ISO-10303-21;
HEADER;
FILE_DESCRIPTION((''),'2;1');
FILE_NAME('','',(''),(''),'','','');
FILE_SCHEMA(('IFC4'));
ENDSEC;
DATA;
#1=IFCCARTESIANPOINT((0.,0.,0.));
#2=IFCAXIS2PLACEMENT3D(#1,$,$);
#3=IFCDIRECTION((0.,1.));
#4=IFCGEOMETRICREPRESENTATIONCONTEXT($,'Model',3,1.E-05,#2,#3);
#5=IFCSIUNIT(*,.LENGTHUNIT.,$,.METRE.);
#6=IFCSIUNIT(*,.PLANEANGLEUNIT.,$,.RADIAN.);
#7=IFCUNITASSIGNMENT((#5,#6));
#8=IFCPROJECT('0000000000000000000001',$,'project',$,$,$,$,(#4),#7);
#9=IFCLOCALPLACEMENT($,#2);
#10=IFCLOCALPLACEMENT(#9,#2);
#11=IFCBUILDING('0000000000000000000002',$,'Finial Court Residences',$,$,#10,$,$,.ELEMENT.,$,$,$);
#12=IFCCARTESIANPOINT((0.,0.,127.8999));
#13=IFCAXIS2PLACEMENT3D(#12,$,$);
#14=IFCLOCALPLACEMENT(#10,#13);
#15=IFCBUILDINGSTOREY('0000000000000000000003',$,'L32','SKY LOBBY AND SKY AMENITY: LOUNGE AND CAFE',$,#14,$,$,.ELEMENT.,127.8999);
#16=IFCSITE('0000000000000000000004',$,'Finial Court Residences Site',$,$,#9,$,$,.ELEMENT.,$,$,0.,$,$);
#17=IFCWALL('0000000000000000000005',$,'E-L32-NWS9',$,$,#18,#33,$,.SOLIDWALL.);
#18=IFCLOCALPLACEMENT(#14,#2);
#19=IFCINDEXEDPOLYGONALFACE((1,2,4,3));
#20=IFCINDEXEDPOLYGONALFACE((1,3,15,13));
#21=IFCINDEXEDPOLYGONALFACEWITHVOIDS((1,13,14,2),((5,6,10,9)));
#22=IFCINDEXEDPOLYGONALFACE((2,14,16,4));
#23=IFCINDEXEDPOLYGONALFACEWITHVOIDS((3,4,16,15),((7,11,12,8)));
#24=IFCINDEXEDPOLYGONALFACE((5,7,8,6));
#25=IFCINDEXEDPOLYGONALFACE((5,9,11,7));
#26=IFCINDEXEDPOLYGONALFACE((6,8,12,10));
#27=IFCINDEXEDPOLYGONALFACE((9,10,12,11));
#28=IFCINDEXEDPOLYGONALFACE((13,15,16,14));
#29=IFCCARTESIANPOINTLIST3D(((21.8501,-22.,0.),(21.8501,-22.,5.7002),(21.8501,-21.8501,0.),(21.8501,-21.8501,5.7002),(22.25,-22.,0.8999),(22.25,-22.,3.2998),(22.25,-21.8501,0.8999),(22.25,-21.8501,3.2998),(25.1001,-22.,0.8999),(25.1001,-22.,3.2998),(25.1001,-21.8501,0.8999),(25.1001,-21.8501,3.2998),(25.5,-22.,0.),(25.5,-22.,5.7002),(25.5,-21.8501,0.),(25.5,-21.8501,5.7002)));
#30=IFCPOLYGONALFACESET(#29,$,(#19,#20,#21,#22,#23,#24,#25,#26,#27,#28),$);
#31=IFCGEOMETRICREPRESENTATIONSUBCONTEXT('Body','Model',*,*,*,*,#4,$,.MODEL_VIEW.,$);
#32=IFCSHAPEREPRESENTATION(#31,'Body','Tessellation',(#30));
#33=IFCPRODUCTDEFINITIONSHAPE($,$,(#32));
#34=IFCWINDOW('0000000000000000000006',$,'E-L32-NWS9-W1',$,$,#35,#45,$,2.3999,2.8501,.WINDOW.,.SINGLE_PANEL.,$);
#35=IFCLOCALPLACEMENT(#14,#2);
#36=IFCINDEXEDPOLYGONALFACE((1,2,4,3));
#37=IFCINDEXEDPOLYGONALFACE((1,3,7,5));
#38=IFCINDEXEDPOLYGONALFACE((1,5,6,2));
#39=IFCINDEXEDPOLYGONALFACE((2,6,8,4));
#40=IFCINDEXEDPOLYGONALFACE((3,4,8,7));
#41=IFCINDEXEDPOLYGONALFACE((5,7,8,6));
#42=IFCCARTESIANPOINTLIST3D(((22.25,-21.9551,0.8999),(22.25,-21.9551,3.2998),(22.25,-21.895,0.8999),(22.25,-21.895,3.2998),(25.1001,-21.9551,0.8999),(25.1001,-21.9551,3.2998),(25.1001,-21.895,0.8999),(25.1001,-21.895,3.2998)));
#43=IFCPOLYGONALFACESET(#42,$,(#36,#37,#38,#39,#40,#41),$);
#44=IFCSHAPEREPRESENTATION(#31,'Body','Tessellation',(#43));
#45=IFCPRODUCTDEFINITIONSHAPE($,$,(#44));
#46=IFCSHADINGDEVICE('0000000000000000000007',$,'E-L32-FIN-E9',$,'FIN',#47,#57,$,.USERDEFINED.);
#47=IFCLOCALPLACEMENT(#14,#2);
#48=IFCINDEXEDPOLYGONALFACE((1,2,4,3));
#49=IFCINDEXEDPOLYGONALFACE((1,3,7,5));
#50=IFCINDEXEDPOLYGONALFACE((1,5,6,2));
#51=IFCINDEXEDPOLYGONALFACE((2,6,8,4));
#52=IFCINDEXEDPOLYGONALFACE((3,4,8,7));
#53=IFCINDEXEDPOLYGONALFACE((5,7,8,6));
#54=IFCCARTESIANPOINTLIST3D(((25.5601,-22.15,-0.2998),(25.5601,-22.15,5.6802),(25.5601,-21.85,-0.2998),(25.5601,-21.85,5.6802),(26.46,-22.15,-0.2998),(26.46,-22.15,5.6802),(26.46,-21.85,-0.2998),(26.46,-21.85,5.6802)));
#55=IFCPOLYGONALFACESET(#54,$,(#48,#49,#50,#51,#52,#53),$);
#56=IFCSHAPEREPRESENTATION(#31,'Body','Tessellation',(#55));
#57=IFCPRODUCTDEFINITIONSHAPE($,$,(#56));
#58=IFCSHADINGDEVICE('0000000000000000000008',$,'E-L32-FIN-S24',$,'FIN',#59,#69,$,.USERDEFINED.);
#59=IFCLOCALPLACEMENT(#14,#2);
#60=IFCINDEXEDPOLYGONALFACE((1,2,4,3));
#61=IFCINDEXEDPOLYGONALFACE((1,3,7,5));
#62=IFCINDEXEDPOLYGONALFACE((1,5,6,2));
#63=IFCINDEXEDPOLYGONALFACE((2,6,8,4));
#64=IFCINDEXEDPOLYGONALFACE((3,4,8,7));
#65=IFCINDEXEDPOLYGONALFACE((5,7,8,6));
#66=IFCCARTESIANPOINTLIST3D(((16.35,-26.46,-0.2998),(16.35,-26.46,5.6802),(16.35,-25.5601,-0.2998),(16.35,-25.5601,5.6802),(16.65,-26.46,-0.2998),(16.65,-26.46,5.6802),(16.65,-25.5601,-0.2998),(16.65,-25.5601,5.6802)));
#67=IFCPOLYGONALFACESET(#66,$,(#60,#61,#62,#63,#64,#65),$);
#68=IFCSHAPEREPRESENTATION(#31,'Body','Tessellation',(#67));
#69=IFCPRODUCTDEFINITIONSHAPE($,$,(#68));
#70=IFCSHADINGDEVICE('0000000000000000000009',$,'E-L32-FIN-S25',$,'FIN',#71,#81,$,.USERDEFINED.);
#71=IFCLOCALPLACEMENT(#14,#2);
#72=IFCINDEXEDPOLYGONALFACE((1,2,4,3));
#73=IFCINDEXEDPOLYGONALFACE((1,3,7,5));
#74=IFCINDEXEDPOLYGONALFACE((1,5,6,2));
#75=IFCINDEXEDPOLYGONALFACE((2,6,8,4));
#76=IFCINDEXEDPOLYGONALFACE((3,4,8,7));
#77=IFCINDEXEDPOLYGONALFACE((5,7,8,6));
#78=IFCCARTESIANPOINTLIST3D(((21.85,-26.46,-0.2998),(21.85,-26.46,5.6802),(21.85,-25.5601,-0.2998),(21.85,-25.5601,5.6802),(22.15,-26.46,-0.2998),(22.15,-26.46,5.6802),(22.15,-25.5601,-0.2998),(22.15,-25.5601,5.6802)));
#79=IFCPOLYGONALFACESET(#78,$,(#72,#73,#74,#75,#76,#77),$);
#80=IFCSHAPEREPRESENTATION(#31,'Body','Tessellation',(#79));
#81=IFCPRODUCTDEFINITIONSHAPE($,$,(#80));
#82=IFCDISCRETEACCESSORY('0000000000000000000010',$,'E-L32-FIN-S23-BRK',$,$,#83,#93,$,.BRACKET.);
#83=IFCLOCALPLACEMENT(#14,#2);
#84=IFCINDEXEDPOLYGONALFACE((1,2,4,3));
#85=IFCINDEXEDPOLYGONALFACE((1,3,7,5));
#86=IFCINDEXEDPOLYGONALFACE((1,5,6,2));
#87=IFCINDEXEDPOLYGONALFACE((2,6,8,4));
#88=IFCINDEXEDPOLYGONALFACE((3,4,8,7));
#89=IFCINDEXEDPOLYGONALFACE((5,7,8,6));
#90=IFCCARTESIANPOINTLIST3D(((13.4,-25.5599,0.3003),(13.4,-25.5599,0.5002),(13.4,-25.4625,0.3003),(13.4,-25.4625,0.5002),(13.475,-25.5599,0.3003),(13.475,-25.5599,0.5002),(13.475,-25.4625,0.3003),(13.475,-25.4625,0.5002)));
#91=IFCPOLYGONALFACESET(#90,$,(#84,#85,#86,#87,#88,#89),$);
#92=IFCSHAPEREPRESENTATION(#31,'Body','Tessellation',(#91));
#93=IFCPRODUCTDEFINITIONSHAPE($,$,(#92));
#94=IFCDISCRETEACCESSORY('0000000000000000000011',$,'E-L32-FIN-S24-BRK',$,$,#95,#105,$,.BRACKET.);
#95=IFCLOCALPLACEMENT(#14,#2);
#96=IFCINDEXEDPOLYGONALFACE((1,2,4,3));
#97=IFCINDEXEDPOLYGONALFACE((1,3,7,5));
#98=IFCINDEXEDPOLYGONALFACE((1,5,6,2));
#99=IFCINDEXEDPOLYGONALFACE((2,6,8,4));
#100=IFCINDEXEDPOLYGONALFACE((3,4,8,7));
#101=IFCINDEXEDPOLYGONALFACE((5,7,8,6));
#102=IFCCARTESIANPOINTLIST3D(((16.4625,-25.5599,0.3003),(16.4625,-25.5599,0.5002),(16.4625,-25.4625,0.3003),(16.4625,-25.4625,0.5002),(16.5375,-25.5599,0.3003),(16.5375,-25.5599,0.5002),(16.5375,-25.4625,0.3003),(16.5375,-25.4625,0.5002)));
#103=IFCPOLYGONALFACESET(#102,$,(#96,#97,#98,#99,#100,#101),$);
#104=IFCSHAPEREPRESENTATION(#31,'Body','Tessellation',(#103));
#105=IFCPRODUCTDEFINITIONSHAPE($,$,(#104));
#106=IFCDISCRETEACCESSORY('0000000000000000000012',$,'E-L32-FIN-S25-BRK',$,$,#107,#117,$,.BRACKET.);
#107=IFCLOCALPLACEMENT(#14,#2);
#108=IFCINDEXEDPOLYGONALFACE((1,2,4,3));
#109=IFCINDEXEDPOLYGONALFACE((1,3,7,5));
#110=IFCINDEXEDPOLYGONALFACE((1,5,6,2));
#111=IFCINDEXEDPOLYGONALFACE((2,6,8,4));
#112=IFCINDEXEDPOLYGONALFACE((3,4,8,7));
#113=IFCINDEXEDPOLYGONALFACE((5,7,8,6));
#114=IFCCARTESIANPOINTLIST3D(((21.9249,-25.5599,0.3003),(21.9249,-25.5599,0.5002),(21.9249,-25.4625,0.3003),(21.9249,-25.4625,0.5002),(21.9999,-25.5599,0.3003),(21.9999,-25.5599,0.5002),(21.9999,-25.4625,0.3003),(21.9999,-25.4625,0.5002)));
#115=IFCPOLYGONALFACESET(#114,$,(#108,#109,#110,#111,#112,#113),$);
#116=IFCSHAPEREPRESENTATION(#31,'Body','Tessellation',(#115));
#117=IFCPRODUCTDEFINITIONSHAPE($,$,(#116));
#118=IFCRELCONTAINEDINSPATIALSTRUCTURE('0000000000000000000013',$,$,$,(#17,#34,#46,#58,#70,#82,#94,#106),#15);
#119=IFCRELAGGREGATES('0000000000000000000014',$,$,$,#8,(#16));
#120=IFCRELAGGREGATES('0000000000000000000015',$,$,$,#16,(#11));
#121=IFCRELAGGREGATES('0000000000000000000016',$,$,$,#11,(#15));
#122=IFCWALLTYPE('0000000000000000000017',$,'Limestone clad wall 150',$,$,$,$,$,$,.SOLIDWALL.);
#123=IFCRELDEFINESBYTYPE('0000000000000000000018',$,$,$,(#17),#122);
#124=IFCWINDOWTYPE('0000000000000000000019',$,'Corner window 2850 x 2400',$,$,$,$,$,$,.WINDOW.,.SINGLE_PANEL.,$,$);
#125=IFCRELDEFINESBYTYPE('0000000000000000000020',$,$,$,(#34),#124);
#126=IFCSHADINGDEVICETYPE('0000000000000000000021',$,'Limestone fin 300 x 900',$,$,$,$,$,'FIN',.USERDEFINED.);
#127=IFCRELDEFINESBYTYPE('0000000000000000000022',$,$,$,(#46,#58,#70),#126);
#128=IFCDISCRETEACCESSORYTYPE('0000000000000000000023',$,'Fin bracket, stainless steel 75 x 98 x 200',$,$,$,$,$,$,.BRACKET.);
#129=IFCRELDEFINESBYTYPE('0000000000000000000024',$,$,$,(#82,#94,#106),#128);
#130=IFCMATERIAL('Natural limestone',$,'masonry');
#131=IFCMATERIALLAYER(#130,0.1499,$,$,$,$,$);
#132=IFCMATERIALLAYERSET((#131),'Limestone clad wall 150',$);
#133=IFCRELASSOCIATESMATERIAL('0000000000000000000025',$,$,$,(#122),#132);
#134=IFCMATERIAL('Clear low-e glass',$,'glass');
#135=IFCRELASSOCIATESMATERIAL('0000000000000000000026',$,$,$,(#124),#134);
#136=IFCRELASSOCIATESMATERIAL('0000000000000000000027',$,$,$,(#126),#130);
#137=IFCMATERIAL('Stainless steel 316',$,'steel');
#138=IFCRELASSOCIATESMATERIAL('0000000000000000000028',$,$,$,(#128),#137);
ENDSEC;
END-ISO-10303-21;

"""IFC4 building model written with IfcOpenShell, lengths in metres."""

from ifc_helpers import new_model, si_unit, direction, frame, frame_2d, origin, origin_2d, place, context, subcontext, project, spatial, rectangle, extrude, material, layer, layer_set, type_object, element, fill, save


model = new_model("IFC4")

# Units and contexts
model_context = context("Model", 3, precision=1e-05, world=origin(), true_north=direction((0.0, 1.0)))
body_context = subcontext(model_context, "Body", "Model", "MODEL_VIEW")
ifc_project = project(units=[si_unit("LENGTHUNIT", "METRE"), si_unit("PLANEANGLEUNIT", "RADIAN")], contexts=[model_context])

# Site, building, storey
site_placement = place(None, origin())
site = spatial("IfcSite", under=ifc_project, at=site_placement, Name="Finial Court Residences Site", CompositionType="ELEMENT", RefElevation=0.0)
building_placement = place(site_placement, origin())
building = spatial("IfcBuilding", under=site, at=building_placement, Name="Finial Court Residences", CompositionType="ELEMENT")
storey_placement = place(building_placement, frame((0.0, 0.0, 127.8999)))
storey = spatial("IfcBuildingStorey", under=building, at=storey_placement, Name="L32", Description="SKY LOBBY AND SKY AMENITY: LOUNGE AND CAFE", CompositionType="ELEMENT", Elevation=127.8999)

# Shared definitions
ifc_material_1 = material(Name="Clear low-e glass", Category="glass")

# Wall, opening, window
ifc_material_2 = material(Name="Natural limestone", Category="masonry")
ifc_layer_1 = layer(ifc_material_2, 0.1499)
ifc_layer_set_1 = layer_set([ifc_layer_1], Name="Limestone clad wall 150")
wall_type = type_object("IfcWallType", Name="Limestone clad wall 150", PredefinedType="SOLIDWALL", material=ifc_layer_set_1)
wall_1_placement = place(storey_placement, frame((25.5, -21.925, 0.0), z_axis=(0.0, 0.0, 1.0), x_axis=(-1.0, 0.0, 0.0)))
wall_1 = element("IfcWall", 1, at=wall_1_placement, inside=storey, type_object=wall_type, Name="E-L32-NWS9", PredefinedType="SOLIDWALL", context=body_context, shape_type="SweptSolid", body=[
    extrude(rectangle(XDim=3.6499, YDim=0.1499, at=frame_2d((1.825, 0.0))), origin(), (0.0, 0.0, 1.0), 5.7002),
])
opening_1_placement = place(wall_1_placement, frame((0.3999, 0.0, 0.8999)))
opening_1 = element("IfcOpeningElement", 2, at=opening_1_placement, cuts=wall_1, PredefinedType="OPENING", context=body_context, shape_type="SweptSolid", body=[
    extrude(rectangle(XDim=2.8501, YDim=2.3999, at=frame_2d((1.425, 1.2))), frame((0.0, 0.085, 0.0), z_axis=(0.0, -1.0, 0.0), x_axis=(1.0, 0.0, 0.0)), (0.0, 0.0, 1.0), 0.1699),
])
window_type_1 = type_object("IfcWindowType", Name="Corner window 2850 x 2400", PartitioningType="SINGLE_PANEL", PredefinedType="WINDOW", material=ifc_material_1)
window_1_placement = place(opening_1_placement, origin())
window_1 = element("IfcWindow", 3, at=window_1_placement, inside=storey, type_object=window_type_1, Name="E-L32-NWS9-W1", OverallHeight=2.3999, OverallWidth=2.8501, PartitioningType="SINGLE_PANEL", PredefinedType="WINDOW", context=body_context, shape_type="SweptSolid", body=[
    extrude(rectangle(XDim=2.8501, YDim=2.3999, at=frame_2d((1.425, 1.2))), frame((0.0, 0.03, 0.0), z_axis=(0.0, -1.0, 0.0), x_axis=(1.0, 0.0, 0.0)), (0.0, 0.0, 1.0), 0.0601),
])
fill(opening_1, window_1)

# Shading devices
shading_device_type = type_object("IfcShadingDeviceType", Name="Limestone fin 300 x 900", ElementType="FIN", PredefinedType="USERDEFINED", material=ifc_material_2)
shading_device_placement = place(storey_placement, frame((26.01, -22.0, -0.2998), z_axis=(0.0, 0.0, 1.0), x_axis=(1.0, 0.0, 0.0)))
element("IfcShadingDevice", 4, at=shading_device_placement, inside=storey, type_object=shading_device_type, Name="E-L32-FIN-E9", ObjectType="FIN", PredefinedType="USERDEFINED", context=body_context, shape_type="SweptSolid", body=[
    extrude(rectangle(XDim=0.8999, YDim=0.3, at=origin_2d()), origin(), (0.0, 0.0, 1.0), 5.98),
])
for number, where, z_axis, x_axis, name in (
    (5, (16.5, -26.01, -0.2998), (0.0, 0.0, 1.0), (1.0, 0.0, 0.0), "E-L32-FIN-S24"),
    (6, (22.0, -26.01, -0.2998), (0.0, 0.0, 1.0), (1.0, 0.0, 0.0), "E-L32-FIN-S25"),
):
    element("IfcShadingDevice", number, at=place(storey_placement, frame(where, z_axis=z_axis, x_axis=x_axis)), inside=storey, type_object=shading_device_type, Name=name, ObjectType="FIN", PredefinedType="USERDEFINED", context=body_context, shape_type="SweptSolid", body=[
        extrude(rectangle(XDim=0.3, YDim=0.8999, at=origin_2d()), origin(), (0.0, 0.0, 1.0), 5.98),
    ])

# Discrete accessories
ifc_material_3 = material(Name="Stainless steel 316", Category="steel")
discrete_accessory_type = type_object("IfcDiscreteAccessoryType", Name="Fin bracket, stainless steel 75 x 98 x 200", PredefinedType="BRACKET", material=ifc_material_3)
for number, where, z_axis, x_axis, name in (
    (7, (13.4375, -25.5112, 0.3003), (0.0, 0.0, 1.0), (1.0, 0.0, 0.0), "E-L32-FIN-S23-BRK"),
    (8, (16.5, -25.5112, 0.3003), (0.0, 0.0, 1.0), (1.0, 0.0, 0.0), "E-L32-FIN-S24-BRK"),
    (9, (21.9624, -25.5112, 0.3003), (0.0, 0.0, 1.0), (1.0, 0.0, 0.0), "E-L32-FIN-S25-BRK"),
):
    element("IfcDiscreteAccessory", number, at=place(storey_placement, frame(where, z_axis=z_axis, x_axis=x_axis)), inside=storey, type_object=discrete_accessory_type, Name=name, PredefinedType="BRACKET", context=body_context, shape_type="SweptSolid", body=[
        extrude(rectangle(XDim=0.075, YDim=0.0974, at=origin_2d()), origin(), (0.0, 0.0, 1.0), 0.2),
    ])

save(model, "model.ifc")
